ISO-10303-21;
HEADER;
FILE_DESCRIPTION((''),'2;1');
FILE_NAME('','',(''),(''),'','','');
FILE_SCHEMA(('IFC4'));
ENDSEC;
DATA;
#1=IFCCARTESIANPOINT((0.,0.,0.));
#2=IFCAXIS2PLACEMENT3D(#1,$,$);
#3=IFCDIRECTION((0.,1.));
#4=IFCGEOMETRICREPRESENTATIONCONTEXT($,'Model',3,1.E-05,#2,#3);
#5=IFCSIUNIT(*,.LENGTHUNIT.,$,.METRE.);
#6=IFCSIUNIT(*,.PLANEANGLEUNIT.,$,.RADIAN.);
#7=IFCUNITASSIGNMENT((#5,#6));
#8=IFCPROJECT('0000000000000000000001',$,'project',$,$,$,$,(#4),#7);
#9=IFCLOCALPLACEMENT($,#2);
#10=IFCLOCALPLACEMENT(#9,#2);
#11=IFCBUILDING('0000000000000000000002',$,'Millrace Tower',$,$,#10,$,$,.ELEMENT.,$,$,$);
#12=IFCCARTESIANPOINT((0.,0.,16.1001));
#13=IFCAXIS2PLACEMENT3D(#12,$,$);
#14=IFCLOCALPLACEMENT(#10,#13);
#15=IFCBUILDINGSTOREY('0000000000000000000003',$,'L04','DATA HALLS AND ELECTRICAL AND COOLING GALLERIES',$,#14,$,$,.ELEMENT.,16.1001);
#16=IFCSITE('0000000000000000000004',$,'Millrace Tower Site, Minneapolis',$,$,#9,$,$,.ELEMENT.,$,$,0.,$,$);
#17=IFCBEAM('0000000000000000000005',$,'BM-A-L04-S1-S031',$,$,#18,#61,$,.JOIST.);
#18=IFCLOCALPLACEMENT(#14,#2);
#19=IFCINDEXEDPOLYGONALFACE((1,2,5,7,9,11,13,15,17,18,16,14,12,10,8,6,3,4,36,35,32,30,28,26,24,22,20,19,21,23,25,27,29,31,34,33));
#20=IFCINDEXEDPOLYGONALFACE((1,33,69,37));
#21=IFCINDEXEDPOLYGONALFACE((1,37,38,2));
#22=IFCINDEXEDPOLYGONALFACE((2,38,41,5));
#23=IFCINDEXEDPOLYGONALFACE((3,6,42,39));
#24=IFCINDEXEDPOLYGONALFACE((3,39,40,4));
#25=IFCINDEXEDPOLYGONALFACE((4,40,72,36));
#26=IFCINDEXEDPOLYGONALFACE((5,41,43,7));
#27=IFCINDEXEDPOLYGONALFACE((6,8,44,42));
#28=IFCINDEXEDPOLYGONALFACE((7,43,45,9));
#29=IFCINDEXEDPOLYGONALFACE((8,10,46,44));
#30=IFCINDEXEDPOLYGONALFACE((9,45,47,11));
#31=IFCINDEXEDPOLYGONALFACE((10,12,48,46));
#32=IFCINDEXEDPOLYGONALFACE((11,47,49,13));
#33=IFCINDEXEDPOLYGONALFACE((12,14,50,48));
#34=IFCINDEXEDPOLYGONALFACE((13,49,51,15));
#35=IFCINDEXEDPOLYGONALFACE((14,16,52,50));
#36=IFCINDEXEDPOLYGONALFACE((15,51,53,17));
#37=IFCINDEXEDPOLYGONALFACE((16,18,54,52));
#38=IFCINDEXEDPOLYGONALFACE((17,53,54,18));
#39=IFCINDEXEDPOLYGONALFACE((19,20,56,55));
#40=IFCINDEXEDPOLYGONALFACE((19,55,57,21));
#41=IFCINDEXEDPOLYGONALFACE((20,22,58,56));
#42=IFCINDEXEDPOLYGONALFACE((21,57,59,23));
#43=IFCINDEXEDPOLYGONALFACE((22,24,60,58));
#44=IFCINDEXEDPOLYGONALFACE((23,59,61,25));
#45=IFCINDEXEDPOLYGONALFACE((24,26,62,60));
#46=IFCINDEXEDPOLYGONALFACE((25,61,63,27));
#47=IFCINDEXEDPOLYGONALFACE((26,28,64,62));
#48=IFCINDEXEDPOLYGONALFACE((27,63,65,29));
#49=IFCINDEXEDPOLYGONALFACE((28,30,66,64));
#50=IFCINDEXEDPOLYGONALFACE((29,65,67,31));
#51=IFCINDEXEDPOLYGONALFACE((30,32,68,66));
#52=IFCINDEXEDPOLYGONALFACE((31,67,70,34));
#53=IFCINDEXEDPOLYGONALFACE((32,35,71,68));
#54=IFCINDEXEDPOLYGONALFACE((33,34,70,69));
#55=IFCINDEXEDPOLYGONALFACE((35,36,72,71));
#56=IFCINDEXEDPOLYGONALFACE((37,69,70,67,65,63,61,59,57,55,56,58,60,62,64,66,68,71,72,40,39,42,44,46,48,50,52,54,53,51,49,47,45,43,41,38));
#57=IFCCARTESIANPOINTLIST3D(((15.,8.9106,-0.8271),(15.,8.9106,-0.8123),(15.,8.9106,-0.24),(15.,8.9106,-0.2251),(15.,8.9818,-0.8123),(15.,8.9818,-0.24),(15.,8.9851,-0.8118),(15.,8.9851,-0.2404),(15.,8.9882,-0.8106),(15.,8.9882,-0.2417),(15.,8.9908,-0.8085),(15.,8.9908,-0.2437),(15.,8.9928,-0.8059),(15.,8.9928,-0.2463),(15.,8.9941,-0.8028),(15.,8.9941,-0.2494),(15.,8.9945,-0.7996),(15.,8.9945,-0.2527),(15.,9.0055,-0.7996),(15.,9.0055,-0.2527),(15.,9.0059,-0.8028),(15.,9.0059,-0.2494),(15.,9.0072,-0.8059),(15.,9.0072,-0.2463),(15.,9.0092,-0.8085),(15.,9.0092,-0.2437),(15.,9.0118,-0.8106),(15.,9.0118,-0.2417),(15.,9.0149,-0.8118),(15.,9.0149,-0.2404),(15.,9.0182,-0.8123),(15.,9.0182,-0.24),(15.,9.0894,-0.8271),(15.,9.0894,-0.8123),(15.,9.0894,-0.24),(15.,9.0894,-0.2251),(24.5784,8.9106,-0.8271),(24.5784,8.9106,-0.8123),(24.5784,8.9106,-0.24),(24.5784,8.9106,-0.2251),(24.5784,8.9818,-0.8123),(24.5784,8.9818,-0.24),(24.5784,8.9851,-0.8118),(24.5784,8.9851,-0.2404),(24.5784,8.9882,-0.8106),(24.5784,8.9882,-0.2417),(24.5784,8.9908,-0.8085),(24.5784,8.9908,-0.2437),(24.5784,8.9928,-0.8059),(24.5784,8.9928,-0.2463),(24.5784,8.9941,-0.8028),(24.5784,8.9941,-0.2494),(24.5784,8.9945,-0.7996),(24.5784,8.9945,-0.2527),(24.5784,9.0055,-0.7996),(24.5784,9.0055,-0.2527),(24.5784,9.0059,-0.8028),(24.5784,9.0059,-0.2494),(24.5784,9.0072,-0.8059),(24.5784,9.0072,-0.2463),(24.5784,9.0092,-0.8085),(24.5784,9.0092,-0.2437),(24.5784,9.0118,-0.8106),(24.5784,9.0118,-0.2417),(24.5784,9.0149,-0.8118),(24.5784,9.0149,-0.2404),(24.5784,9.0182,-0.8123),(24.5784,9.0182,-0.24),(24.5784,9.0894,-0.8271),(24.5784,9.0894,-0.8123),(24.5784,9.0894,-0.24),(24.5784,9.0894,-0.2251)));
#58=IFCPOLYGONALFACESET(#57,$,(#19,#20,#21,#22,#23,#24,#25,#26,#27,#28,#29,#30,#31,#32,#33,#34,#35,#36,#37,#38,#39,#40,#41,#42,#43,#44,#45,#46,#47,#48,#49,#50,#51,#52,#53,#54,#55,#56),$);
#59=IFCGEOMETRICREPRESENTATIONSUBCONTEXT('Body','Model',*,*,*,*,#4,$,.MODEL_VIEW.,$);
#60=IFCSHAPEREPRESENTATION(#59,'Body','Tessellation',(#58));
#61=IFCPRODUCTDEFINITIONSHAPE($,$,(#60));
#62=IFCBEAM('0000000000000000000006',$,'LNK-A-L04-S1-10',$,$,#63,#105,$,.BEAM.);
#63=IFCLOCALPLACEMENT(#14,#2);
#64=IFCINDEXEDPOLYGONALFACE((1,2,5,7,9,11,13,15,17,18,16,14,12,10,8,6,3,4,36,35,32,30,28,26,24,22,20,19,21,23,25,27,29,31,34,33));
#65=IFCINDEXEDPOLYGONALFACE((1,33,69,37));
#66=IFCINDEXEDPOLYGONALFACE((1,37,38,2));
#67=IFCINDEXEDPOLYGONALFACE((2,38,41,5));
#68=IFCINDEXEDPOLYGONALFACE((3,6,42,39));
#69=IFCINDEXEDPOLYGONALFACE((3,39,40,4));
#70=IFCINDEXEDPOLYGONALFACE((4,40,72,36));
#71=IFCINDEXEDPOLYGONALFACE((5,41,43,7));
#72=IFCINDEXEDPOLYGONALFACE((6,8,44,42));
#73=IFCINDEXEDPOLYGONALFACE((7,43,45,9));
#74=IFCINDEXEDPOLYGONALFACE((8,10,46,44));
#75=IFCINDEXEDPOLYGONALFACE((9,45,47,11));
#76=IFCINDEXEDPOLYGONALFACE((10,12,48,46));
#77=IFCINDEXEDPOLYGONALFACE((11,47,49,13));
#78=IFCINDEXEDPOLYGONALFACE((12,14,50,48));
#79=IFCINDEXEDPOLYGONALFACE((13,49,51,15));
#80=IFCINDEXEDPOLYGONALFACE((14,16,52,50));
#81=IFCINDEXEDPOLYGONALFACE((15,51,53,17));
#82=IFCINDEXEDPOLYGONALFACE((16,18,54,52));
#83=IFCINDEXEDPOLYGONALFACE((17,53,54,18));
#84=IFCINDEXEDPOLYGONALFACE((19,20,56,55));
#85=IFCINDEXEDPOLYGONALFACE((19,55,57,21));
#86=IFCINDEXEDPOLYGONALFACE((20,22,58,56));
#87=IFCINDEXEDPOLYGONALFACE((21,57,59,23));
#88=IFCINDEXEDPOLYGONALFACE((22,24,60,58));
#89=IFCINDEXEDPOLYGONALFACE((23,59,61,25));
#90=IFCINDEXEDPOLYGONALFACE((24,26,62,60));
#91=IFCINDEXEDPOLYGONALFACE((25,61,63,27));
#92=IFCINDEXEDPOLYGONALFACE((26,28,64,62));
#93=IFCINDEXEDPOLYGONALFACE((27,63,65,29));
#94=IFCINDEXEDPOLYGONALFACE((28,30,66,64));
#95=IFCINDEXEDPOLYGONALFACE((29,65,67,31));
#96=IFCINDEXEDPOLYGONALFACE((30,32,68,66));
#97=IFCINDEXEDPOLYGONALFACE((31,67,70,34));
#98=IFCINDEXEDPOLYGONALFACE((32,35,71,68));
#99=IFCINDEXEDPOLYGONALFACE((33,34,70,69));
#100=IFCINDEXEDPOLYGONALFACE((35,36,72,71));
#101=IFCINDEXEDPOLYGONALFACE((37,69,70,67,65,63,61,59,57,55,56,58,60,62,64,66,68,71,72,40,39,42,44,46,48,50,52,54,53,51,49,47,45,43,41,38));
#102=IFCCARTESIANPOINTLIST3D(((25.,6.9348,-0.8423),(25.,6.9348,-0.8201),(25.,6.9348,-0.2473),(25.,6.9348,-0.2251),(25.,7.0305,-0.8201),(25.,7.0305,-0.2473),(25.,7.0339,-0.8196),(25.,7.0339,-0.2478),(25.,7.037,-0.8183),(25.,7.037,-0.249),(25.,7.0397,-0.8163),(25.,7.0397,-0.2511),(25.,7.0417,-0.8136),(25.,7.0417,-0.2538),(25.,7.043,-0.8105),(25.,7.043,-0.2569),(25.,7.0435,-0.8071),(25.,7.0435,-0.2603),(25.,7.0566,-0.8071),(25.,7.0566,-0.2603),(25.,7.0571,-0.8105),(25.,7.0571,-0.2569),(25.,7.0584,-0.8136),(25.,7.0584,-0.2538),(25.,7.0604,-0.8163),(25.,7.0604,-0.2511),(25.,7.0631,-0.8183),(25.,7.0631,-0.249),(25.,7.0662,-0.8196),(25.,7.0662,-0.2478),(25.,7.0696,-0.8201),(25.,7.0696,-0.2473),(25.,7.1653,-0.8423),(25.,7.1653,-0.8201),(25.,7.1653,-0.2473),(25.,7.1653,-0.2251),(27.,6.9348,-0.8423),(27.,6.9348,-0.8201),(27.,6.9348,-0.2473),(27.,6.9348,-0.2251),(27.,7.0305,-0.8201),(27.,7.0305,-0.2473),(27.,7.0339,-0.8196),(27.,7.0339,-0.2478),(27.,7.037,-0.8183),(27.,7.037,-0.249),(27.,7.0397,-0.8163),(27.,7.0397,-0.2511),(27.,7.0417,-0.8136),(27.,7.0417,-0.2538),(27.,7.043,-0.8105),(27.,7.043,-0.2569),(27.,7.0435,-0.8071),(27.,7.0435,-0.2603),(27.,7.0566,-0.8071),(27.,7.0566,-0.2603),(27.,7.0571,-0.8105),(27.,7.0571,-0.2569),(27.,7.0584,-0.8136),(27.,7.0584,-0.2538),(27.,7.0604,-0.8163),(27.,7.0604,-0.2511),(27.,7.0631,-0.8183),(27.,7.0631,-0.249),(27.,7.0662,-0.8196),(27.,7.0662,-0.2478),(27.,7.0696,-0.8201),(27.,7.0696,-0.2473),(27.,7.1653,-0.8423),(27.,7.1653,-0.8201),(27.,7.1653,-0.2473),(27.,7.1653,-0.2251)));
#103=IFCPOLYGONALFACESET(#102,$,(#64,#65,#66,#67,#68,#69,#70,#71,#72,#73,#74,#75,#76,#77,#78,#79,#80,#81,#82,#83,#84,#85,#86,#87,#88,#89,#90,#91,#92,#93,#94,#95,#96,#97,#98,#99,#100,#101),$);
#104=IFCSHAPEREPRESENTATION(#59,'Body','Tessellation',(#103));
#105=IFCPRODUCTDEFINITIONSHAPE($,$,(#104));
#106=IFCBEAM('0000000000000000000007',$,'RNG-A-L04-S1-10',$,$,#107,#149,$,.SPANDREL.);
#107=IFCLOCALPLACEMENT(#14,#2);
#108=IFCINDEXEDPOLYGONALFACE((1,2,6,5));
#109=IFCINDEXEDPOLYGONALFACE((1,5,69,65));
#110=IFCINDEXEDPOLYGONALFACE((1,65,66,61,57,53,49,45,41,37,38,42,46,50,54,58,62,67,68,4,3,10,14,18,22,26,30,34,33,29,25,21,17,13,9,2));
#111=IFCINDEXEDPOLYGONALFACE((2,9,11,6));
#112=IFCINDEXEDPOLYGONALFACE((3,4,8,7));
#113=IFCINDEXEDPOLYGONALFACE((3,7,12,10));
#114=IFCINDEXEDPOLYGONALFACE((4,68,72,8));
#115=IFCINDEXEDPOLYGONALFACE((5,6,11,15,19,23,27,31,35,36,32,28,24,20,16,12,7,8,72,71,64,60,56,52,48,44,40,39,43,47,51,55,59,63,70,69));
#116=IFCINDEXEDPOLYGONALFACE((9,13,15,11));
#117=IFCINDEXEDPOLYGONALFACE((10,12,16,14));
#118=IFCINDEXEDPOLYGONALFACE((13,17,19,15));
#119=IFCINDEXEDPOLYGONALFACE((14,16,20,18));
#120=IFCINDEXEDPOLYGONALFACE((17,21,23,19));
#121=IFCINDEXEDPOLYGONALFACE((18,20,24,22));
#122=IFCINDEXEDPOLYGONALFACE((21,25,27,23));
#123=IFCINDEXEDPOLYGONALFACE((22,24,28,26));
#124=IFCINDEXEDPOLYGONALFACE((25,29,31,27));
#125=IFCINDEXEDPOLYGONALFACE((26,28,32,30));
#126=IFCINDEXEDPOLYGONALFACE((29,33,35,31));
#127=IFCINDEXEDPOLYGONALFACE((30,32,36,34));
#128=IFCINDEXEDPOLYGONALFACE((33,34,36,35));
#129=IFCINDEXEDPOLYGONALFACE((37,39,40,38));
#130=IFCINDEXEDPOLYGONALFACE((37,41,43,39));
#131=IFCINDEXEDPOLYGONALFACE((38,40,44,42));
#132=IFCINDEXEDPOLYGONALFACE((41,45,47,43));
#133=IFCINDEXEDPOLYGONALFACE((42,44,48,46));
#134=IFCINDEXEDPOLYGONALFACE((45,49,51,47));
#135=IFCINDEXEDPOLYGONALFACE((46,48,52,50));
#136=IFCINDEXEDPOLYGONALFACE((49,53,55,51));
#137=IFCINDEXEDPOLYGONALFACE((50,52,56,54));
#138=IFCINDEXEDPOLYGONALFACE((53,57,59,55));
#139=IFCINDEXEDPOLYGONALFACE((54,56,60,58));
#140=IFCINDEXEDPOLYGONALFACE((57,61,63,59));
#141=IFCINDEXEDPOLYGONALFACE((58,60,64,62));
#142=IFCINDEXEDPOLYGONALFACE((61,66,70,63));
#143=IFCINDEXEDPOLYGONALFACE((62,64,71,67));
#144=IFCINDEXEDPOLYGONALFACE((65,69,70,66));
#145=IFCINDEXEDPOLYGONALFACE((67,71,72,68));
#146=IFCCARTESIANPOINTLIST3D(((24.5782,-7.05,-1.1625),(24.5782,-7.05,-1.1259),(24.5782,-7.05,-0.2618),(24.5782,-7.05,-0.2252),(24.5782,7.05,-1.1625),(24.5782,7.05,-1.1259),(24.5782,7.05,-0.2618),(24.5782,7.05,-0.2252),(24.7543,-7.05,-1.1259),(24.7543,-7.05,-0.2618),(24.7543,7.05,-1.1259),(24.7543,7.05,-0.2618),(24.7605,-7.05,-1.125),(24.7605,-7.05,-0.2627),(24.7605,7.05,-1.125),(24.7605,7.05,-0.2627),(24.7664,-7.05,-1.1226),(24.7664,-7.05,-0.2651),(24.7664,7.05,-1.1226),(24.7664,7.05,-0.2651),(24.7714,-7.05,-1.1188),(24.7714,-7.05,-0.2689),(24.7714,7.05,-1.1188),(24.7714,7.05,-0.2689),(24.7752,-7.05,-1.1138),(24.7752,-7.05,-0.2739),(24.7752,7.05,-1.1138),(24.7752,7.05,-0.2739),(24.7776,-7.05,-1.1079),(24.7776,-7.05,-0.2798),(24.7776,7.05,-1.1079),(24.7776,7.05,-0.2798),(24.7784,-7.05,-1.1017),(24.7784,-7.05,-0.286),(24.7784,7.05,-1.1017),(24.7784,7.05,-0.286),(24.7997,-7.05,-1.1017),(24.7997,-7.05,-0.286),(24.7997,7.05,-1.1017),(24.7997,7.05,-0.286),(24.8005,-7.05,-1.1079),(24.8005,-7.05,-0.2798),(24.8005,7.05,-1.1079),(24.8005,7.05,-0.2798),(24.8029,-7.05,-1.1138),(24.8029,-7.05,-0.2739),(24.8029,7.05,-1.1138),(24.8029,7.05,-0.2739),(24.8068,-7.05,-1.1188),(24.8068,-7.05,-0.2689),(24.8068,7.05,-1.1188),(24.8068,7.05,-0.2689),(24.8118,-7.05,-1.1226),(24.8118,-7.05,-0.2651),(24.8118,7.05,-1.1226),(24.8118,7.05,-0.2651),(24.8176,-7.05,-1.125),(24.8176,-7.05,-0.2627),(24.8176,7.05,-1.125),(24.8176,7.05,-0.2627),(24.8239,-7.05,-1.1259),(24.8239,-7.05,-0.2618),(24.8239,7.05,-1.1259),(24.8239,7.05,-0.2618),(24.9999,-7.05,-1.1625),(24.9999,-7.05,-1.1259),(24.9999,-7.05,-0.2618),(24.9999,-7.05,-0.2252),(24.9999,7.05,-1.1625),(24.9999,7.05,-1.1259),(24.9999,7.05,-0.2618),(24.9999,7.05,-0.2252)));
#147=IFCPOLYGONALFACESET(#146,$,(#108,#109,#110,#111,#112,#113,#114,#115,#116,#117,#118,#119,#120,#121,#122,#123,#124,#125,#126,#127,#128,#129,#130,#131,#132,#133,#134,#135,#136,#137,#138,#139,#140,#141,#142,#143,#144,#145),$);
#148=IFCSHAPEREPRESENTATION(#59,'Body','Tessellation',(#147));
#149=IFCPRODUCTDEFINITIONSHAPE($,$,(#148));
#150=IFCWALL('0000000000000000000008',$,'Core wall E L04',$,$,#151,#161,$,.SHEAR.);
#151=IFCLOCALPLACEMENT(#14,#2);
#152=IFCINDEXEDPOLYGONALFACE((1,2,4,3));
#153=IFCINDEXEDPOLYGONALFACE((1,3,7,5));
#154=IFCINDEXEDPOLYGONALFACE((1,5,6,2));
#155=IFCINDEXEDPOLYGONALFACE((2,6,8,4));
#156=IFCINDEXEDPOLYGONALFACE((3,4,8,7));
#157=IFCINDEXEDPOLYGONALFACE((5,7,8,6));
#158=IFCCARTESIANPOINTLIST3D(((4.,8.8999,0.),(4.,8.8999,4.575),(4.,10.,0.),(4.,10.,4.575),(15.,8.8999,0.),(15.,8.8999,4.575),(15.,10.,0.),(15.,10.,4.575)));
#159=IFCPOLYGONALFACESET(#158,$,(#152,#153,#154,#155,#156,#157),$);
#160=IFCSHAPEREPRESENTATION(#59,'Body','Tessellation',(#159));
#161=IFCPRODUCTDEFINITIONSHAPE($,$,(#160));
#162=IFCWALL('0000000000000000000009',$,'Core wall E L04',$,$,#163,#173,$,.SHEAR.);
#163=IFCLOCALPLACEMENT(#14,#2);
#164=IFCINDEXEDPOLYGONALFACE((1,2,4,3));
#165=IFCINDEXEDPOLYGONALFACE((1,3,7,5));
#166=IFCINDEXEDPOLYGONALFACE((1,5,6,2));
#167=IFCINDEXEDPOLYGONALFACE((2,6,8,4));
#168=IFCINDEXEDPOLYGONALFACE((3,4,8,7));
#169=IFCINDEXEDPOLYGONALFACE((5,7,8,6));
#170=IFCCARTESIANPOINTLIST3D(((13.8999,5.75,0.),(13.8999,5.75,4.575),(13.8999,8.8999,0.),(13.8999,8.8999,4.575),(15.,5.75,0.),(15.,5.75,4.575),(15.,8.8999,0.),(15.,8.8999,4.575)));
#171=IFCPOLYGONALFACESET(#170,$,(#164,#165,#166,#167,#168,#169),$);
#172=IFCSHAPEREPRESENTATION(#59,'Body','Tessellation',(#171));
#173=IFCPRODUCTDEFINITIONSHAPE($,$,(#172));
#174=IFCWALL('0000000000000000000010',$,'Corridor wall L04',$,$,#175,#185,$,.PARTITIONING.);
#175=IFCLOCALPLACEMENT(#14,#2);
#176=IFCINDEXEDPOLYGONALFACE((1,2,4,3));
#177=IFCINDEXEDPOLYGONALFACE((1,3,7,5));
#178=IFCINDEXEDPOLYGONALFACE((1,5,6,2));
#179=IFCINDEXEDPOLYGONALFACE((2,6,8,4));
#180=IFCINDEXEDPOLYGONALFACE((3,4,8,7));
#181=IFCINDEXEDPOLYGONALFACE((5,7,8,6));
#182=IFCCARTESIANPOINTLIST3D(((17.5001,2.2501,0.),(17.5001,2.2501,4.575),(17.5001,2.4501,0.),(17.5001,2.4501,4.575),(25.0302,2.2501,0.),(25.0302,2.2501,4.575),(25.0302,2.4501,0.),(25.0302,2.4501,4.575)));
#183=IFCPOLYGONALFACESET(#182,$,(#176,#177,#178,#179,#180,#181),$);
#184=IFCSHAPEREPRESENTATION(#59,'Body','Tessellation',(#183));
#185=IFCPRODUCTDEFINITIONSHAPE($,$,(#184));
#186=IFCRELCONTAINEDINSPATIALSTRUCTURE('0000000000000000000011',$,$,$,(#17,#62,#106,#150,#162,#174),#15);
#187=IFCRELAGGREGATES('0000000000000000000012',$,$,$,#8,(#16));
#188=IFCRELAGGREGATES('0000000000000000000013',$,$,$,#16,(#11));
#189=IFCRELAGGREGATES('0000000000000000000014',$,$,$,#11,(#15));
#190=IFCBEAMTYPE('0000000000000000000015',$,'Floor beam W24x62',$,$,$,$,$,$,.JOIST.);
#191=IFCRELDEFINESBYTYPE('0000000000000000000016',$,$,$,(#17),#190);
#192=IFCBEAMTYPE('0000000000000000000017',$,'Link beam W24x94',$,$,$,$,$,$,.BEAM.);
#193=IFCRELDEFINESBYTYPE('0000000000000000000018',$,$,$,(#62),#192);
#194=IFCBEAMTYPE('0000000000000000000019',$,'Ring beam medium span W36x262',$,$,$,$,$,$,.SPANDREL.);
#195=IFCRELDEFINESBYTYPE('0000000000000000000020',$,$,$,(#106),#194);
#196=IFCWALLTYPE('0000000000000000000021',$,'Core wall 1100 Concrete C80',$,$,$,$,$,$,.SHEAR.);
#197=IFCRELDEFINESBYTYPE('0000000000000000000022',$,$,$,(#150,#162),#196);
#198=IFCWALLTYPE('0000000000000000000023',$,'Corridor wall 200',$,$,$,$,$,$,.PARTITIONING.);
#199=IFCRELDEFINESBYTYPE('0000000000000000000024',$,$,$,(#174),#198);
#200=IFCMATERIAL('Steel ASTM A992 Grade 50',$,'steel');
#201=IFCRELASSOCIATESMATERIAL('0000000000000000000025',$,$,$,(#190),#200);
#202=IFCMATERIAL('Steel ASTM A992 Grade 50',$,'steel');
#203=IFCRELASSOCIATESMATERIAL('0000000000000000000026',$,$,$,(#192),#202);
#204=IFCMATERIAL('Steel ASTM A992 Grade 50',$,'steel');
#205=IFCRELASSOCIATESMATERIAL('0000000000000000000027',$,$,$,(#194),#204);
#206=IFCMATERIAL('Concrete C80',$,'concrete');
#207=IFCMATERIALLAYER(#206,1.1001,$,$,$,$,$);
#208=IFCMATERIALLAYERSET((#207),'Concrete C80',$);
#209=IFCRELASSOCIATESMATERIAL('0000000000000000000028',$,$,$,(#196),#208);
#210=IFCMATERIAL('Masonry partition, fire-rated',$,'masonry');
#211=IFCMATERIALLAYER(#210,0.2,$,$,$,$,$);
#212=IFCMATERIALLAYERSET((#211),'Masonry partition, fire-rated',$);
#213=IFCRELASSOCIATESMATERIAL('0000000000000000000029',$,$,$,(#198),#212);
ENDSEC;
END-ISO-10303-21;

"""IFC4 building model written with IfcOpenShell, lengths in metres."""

from ifc_helpers import new_model, si_unit, direction, frame, frame_2d, origin, origin_2d, place, context, subcontext, project, spatial, rectangle, i_section, extrude, material, layer, layer_set, material_profile, profile_set, type_object, element, save


model = new_model("IFC4")

# Units and contexts
model_context = context("Model", 3, precision=1e-05, world=origin(), true_north=direction((0.0, 1.0)))
body_context = subcontext(model_context, "Body", "Model", "MODEL_VIEW")
ifc_project = project(units=[si_unit("LENGTHUNIT", "METRE"), si_unit("PLANEANGLEUNIT", "RADIAN")], contexts=[model_context])

# Site, building, storey
site_placement = place(None, origin())
site = spatial("IfcSite", under=ifc_project, at=site_placement, Name="Millrace Tower Site, Minneapolis", CompositionType="ELEMENT", RefElevation=0.0)
building_placement = place(site_placement, origin())
building = spatial("IfcBuilding", under=site, at=building_placement, Name="Millrace Tower", CompositionType="ELEMENT")
storey_placement = place(building_placement, frame((0.0, 0.0, 16.1001)))
storey = spatial("IfcBuildingStorey", under=building, at=storey_placement, Name="L04", Description="DATA HALLS AND ELECTRICAL AND COOLING GALLERIES", CompositionType="ELEMENT", Elevation=16.1001)

# Beams
ifc_material_1 = material(Name="Steel ASTM A992 Grade 50", Category="steel")
ifc_material_profile_1 = material_profile(ifc_material_1, i_section(OverallWidth=0.1787, OverallDepth=0.6021, WebThickness=0.011, FlangeThickness=0.0149, FilletRadius=0.0127, at=origin_2d()))
ifc_profile_set_1 = profile_set([ifc_material_profile_1], Name="Steel ASTM A992 Grade 50")
beam_type_1 = type_object("IfcBeamType", Name="Floor beam W24x62", PredefinedType="JOIST", material=ifc_profile_set_1)
for number, where, z_axis, x_axis, name in (
    (1, (15.0, 9.0, -0.5261), (1.0, 0.0, 0.0), (0.0, 1.0, 0.0), "BM-A-L04-S1-S031"),
):
    element("IfcBeam", number, at=place(storey_placement, frame(where, z_axis=z_axis, x_axis=x_axis)), inside=storey, type_object=beam_type_1, Name=name, PredefinedType="JOIST", context=body_context, shape_type="SweptSolid", body=[
        extrude(i_section(OverallWidth=0.1787, OverallDepth=0.6021, WebThickness=0.011, FlangeThickness=0.0149, FilletRadius=0.0127, at=origin_2d()), origin(), (0.0, 0.0, 1.0), 9.5784),
    ])
ifc_material_2 = material(Name="Steel ASTM A992 Grade 50", Category="steel")
ifc_material_profile_2 = material_profile(ifc_material_2, i_section(OverallWidth=0.2305, OverallDepth=0.6172, WebThickness=0.0132, FlangeThickness=0.0222, FilletRadius=0.0129, at=origin_2d()))
ifc_profile_set_2 = profile_set([ifc_material_profile_2], Name="Steel ASTM A992 Grade 50")
beam_type_2 = type_object("IfcBeamType", Name="Link beam W24x94", PredefinedType="BEAM", material=ifc_profile_set_2)
beam_1_placement = place(storey_placement, frame((25.0, 7.05, -0.5337), z_axis=(1.0, 0.0, 0.0), x_axis=(0.0, 1.0, 0.0)))
element("IfcBeam", 2, at=beam_1_placement, inside=storey, type_object=beam_type_2, Name="LNK-A-L04-S1-10", PredefinedType="BEAM", context=body_context, shape_type="SweptSolid", body=[
    extrude(i_section(OverallWidth=0.2305, OverallDepth=0.6172, WebThickness=0.0132, FlangeThickness=0.0222, FilletRadius=0.0129, at=origin_2d()), origin(), (0.0, 0.0, 1.0), 2.0),
])
ifc_material_3 = material(Name="Steel ASTM A992 Grade 50", Category="steel")
ifc_material_profile_3 = material_profile(ifc_material_3, i_section(OverallWidth=0.4216, OverallDepth=0.9373, WebThickness=0.0212, FlangeThickness=0.0366, FilletRadius=0.0242, at=origin_2d()))
ifc_profile_set_3 = profile_set([ifc_material_profile_3], Name="Steel ASTM A992 Grade 50")
beam_type_3 = type_object("IfcBeamType", Name="Ring beam medium span W36x262", PredefinedType="SPANDREL", material=ifc_profile_set_3)
beam_2_placement = place(storey_placement, frame((24.7891, 7.05, -0.6938), z_axis=(0.0, -1.0, 0.0), x_axis=(1.0, 0.0, 0.0)))
element("IfcBeam", 3, at=beam_2_placement, inside=storey, type_object=beam_type_3, Name="RNG-A-L04-S1-10", PredefinedType="SPANDREL", context=body_context, shape_type="SweptSolid", body=[
    extrude(i_section(OverallWidth=0.4216, OverallDepth=0.9373, WebThickness=0.0212, FlangeThickness=0.0366, FilletRadius=0.0242, at=origin_2d()), origin(), (0.0, 0.0, 1.0), 14.1001),
])

# Walls
ifc_material_4 = material(Name="Concrete C80", Category="concrete")
ifc_layer_1 = layer(ifc_material_4, 1.1001)
ifc_layer_set_1 = layer_set([ifc_layer_1], Name="Concrete C80")
wall_type_1 = type_object("IfcWallType", Name="Core wall 1100 Concrete C80", PredefinedType="SHEAR", material=ifc_layer_set_1)
wall_1_placement = place(storey_placement, frame((15.0, 9.45, 0.0), z_axis=(0.0, 0.0, 1.0), x_axis=(-1.0, 0.0, 0.0)))
element("IfcWall", 4, at=wall_1_placement, inside=storey, type_object=wall_type_1, Name="Core wall E L04", PredefinedType="SHEAR", context=body_context, shape_type="SweptSolid", body=[
    extrude(rectangle(XDim=11.0, YDim=1.1001, at=frame_2d((5.5, 0.0))), origin(), (0.0, 0.0, 1.0), 4.575),
])
wall_2_placement = place(storey_placement, frame((14.45, 8.8999, 0.0), z_axis=(0.0, 0.0, 1.0), x_axis=(0.0, -1.0, 0.0)))
element("IfcWall", 5, at=wall_2_placement, inside=storey, type_object=wall_type_1, Name="Core wall E L04", PredefinedType="SHEAR", context=body_context, shape_type="SweptSolid", body=[
    extrude(rectangle(XDim=3.1499, YDim=1.1001, at=frame_2d((1.575, 0.0))), origin(), (0.0, 0.0, 1.0), 4.575),
])
ifc_material_5 = material(Name="Masonry partition, fire-rated", Category="masonry")
ifc_layer_2 = layer(ifc_material_5, 0.2)
ifc_layer_set_2 = layer_set([ifc_layer_2], Name="Masonry partition, fire-rated")
wall_type_2 = type_object("IfcWallType", Name="Corridor wall 200", PredefinedType="PARTITIONING", material=ifc_layer_set_2)
wall_3_placement = place(storey_placement, frame((17.5, 2.3501, 0.0), z_axis=(0.0, 0.0, 1.0), x_axis=(1.0, 0.0, 0.0)))
element("IfcWall", 6, at=wall_3_placement, inside=storey, type_object=wall_type_2, Name="Corridor wall L04", PredefinedType="PARTITIONING", context=body_context, shape_type="SweptSolid", body=[
    extrude(rectangle(XDim=7.53, YDim=0.2, at=frame_2d((3.7651, 0.0))), origin(), (0.0, 0.0, 1.0), 4.575),
])

save(model, "model.ifc")
